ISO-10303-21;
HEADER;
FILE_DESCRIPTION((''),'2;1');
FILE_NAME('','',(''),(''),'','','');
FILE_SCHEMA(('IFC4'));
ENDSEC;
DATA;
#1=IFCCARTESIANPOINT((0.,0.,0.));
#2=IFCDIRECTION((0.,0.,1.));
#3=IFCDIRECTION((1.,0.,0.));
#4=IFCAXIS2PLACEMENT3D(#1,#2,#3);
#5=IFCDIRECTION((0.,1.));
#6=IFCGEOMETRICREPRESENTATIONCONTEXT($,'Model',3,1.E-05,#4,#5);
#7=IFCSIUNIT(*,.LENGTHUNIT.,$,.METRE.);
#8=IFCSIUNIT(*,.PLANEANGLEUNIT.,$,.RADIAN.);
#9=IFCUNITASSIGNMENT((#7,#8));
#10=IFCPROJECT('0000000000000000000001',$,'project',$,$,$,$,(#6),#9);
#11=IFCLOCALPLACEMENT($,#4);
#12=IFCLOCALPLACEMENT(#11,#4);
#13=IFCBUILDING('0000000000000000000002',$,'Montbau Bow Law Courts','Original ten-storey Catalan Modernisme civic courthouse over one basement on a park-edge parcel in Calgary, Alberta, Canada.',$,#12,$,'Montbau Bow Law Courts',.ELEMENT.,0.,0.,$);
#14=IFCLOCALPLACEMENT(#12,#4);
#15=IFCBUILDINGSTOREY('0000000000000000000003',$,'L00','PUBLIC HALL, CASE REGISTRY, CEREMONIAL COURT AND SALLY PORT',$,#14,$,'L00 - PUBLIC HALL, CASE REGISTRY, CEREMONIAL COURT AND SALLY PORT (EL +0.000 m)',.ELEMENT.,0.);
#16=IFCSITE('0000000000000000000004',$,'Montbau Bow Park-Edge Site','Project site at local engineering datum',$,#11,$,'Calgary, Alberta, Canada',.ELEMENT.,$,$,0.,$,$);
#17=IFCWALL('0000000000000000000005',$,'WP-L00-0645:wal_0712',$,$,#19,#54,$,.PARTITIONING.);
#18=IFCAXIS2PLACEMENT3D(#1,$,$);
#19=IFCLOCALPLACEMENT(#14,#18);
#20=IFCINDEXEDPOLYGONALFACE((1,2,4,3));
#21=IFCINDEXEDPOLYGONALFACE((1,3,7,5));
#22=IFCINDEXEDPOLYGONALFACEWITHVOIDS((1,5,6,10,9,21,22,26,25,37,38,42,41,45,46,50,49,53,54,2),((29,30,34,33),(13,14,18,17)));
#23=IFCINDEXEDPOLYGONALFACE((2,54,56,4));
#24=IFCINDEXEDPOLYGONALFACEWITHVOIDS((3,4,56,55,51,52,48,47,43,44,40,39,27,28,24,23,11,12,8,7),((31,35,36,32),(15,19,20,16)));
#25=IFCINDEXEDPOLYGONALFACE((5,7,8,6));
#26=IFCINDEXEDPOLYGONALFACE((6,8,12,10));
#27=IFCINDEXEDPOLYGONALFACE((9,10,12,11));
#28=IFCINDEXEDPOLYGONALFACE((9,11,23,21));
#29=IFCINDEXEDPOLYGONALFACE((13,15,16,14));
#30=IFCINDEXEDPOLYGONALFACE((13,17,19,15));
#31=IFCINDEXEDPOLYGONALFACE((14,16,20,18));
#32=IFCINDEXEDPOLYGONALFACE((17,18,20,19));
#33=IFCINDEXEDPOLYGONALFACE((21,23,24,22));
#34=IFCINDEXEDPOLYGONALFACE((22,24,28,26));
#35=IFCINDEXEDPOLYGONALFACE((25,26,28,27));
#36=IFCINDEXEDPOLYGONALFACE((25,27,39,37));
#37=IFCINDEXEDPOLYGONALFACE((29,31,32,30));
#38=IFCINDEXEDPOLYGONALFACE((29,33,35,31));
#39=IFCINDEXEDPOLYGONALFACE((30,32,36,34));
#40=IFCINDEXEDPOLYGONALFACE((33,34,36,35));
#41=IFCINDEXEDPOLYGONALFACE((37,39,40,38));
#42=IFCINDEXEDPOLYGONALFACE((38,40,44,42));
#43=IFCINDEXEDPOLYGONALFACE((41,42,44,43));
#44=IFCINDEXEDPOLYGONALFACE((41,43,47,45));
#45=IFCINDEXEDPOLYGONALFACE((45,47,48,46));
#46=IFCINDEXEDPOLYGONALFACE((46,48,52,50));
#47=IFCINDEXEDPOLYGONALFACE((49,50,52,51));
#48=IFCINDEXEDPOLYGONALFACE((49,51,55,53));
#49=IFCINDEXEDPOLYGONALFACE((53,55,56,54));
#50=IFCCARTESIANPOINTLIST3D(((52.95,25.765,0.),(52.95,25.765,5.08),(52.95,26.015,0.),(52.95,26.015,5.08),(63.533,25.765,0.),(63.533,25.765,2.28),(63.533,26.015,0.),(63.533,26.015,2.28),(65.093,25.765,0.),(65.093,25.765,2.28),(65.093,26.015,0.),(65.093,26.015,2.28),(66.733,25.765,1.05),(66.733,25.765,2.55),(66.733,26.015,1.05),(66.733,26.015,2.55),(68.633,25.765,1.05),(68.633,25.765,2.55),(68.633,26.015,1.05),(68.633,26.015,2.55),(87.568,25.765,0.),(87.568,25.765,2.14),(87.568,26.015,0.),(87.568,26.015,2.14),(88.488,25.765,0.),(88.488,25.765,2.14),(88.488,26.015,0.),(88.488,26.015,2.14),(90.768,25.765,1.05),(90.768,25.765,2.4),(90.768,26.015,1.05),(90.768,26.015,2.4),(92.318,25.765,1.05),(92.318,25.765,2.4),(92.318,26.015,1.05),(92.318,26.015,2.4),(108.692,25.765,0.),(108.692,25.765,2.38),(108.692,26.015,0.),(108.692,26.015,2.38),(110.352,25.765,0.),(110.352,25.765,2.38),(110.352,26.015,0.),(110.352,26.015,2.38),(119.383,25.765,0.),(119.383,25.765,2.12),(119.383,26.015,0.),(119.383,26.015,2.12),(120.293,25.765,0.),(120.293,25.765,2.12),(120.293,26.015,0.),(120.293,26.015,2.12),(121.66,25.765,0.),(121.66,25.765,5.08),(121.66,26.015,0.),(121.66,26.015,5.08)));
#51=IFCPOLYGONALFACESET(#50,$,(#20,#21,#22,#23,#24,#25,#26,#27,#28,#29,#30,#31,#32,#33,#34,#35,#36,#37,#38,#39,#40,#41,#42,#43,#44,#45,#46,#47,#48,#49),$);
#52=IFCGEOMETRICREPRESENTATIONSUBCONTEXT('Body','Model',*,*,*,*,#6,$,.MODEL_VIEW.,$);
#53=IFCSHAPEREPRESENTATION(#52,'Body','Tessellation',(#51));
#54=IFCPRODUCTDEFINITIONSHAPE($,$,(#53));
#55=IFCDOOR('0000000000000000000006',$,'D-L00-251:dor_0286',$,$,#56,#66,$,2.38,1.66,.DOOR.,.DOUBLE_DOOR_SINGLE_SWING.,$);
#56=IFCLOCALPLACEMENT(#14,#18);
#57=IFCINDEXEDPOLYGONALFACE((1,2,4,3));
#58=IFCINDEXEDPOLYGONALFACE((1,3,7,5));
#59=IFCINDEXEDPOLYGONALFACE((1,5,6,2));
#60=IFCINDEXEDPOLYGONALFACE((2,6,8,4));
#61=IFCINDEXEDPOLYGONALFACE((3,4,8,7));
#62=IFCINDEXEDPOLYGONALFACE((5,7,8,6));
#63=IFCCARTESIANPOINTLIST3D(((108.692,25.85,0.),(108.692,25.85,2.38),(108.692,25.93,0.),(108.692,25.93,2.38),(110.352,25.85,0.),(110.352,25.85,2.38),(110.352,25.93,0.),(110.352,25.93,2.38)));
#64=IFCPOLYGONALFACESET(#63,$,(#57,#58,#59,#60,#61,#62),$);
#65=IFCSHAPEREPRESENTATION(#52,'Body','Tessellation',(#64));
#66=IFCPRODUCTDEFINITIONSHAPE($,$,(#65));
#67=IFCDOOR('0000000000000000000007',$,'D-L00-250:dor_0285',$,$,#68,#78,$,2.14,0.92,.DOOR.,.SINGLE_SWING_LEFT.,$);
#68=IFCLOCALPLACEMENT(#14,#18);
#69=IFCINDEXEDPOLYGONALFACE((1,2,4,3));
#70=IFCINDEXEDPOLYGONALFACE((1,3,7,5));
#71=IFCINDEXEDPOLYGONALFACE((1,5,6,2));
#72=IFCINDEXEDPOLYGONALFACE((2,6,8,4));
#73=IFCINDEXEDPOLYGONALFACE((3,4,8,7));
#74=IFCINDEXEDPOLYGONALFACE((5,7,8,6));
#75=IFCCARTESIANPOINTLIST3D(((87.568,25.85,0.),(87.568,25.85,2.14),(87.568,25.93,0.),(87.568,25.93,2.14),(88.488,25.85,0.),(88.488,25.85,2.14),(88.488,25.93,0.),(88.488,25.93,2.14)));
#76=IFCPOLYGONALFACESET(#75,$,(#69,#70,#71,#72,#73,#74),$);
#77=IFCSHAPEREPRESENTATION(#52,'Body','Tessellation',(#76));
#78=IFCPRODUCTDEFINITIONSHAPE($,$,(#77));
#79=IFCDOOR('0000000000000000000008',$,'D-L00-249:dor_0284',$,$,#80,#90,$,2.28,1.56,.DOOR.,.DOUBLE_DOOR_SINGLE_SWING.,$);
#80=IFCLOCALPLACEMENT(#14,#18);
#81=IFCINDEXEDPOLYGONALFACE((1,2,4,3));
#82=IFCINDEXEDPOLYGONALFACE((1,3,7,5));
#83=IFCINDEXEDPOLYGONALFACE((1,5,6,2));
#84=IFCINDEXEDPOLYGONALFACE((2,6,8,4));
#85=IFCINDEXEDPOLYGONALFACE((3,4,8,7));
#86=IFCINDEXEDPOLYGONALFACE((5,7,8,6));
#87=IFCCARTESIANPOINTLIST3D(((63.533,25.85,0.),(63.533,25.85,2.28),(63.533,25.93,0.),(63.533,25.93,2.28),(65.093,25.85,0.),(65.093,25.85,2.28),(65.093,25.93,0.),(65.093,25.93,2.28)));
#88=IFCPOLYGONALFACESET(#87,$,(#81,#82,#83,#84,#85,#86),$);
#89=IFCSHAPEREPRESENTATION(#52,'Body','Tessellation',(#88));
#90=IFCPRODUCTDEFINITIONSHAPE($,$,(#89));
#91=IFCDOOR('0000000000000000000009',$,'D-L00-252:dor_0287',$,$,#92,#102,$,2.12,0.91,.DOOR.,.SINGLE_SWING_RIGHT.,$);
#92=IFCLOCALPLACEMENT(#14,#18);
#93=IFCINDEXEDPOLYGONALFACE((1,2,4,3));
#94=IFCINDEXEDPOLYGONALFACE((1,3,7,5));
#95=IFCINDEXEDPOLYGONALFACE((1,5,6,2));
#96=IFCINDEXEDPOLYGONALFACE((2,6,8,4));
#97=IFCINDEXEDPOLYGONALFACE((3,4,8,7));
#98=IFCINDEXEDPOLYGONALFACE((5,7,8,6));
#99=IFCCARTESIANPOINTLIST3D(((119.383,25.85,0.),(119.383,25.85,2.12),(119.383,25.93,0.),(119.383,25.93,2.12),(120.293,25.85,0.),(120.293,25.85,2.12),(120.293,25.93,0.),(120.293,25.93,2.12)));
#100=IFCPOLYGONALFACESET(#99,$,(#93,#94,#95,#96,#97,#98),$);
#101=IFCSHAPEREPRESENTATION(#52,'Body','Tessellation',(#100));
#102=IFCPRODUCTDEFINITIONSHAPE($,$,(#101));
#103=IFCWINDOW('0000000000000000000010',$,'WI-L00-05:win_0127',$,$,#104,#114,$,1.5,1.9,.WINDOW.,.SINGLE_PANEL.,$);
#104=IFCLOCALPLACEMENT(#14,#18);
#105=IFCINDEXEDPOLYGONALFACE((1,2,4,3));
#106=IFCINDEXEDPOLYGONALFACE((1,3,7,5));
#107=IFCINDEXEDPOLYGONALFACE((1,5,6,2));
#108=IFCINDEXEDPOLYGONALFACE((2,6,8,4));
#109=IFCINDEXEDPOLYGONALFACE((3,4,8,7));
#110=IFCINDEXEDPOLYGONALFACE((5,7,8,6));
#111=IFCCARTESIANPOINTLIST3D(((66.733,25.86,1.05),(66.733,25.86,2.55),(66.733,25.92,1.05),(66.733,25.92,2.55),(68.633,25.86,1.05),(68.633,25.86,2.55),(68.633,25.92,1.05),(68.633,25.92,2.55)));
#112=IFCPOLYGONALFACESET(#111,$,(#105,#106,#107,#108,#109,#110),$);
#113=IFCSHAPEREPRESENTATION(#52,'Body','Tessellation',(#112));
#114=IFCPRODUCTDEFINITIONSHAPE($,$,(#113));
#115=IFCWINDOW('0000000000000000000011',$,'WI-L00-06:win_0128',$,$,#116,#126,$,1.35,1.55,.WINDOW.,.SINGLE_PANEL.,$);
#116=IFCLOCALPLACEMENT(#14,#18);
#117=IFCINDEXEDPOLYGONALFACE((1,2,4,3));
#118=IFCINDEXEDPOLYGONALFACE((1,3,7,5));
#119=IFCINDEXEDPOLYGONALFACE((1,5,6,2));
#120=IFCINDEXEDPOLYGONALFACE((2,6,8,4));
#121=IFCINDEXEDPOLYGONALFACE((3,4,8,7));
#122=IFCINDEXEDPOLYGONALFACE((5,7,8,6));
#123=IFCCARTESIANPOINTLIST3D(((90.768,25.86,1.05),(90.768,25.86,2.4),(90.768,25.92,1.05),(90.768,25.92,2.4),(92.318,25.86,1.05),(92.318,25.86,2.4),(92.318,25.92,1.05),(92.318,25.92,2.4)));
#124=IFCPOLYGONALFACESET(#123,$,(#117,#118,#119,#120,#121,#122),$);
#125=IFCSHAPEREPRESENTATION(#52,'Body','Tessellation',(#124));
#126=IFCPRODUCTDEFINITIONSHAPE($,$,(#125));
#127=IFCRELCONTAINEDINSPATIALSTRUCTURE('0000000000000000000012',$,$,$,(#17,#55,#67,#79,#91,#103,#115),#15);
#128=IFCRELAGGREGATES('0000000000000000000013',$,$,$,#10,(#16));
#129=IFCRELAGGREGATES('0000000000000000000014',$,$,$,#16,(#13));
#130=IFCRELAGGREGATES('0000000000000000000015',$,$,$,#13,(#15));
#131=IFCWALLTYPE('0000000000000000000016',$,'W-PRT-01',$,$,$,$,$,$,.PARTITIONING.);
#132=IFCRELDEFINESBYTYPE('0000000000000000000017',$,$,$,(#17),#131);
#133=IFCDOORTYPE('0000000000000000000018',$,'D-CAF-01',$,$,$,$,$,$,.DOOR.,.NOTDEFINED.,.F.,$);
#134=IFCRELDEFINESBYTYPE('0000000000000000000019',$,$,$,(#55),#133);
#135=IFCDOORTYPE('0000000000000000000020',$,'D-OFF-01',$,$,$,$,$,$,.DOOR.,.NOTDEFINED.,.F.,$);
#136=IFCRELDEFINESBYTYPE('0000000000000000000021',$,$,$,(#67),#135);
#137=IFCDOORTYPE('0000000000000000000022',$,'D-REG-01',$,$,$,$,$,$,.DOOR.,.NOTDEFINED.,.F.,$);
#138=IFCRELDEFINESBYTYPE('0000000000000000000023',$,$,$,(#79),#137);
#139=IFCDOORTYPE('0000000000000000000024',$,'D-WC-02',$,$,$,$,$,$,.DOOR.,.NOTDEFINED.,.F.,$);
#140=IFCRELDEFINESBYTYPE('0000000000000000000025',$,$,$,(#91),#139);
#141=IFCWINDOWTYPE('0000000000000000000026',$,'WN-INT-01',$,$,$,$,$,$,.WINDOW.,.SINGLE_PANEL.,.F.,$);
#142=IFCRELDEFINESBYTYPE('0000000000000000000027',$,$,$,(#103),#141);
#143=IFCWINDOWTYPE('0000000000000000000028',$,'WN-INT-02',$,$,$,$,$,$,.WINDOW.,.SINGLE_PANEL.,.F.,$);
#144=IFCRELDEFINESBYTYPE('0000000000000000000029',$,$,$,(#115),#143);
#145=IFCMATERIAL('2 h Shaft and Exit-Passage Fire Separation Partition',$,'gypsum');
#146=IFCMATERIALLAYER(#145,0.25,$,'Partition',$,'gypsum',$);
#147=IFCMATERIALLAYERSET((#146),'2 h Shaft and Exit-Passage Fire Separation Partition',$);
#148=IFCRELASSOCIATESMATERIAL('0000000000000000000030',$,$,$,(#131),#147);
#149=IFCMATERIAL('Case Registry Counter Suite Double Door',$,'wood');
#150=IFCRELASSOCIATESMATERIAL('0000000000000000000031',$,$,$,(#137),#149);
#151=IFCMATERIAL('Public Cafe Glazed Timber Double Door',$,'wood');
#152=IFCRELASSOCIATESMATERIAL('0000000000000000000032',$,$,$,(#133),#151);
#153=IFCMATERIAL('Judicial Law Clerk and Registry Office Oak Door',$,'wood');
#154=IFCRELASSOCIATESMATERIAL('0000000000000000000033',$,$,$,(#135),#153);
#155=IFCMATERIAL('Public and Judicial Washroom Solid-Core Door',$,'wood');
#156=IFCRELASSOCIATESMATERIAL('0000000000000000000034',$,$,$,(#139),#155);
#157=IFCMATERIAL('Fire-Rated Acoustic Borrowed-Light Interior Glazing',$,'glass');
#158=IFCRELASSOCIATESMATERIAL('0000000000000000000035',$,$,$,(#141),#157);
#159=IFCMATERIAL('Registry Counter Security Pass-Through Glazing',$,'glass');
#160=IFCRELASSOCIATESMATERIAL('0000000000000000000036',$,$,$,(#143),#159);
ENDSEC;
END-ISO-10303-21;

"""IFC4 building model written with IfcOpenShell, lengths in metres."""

from ifc_helpers import new_model, si_unit, direction, frame, frame_2d, origin_with_axes, place, context, subcontext, project, spatial, rectangle, extrude, material, layer, layer_set, type_object, element, fill, save


model = new_model("IFC4")

# Units and contexts
model_context = context("Model", 3, precision=1e-05, world=origin_with_axes(), true_north=direction((0.0, 1.0)))
body_context = subcontext(model_context, "Body", "Model", "MODEL_VIEW")
ifc_project = project(units=[si_unit("LENGTHUNIT", "METRE"), si_unit("PLANEANGLEUNIT", "RADIAN")], contexts=[model_context])

# Site, building, storey
site_placement = place(None, origin_with_axes())
site = spatial("IfcSite", under=ifc_project, at=site_placement, Name="Montbau Bow Park-Edge Site", Description="Project site at local engineering datum", LongName="Calgary, Alberta, Canada", CompositionType="ELEMENT", RefElevation=0.0)
building_placement = place(site_placement, origin_with_axes())
building = spatial("IfcBuilding", under=site, at=building_placement, Name="Montbau Bow Law Courts", Description="Original ten-storey Catalan Modernisme civic courthouse over one basement on a park-edge parcel in Calgary, Alberta, Canada.", LongName="Montbau Bow Law Courts", CompositionType="ELEMENT", ElevationOfRefHeight=0.0, ElevationOfTerrain=0.0)
storey_placement = place(building_placement, origin_with_axes())
storey = spatial("IfcBuildingStorey", under=building, at=storey_placement, Name="L00", Description="PUBLIC HALL, CASE REGISTRY, CEREMONIAL COURT AND SALLY PORT", LongName="L00 - PUBLIC HALL, CASE REGISTRY, CEREMONIAL COURT AND SALLY PORT (EL +0.000 m)", CompositionType="ELEMENT", Elevation=0.0)

# Shared definitions
ifc_material_1 = material(Name="2 h Shaft and Exit-Passage Fire Separation Partition", Category="gypsum")
ifc_layer = layer(ifc_material_1, 0.25, Name="Partition", Category="gypsum")
ifc_layer_set = layer_set([ifc_layer], Name="2 h Shaft and Exit-Passage Fire Separation Partition")
wall_type = type_object("IfcWallType", Name="W-PRT-01", PredefinedType="PARTITIONING", material=ifc_layer_set)
ifc_material_2 = material(Name="Case Registry Counter Suite Double Door", Category="wood")
door_type_1 = type_object("IfcDoorType", Name="D-REG-01", OperationType="NOTDEFINED", ParameterTakesPrecedence=False, PredefinedType="DOOR", material=ifc_material_2)

# Wall, openings, doors, windows
wall_1_placement = place(None, frame((52.95, 25.89, 0.0), z_axis=(0.0, 0.0, 1.0), x_axis=(1.0, 0.0, 0.0)))
wall_1 = element("IfcWall", 1, at=wall_1_placement, inside=storey, type_object=wall_type, Name="WP-L00-0645:wal_0712", PredefinedType="PARTITIONING", context=body_context, shape_type="SweptSolid", body=[
    extrude(rectangle(XDim=68.71, YDim=0.25, at=frame_2d((34.355, 0.0), x_axis=(1.0, 0.0))), origin_with_axes(), (0.0, 0.0, 1.0), 5.08),
])
opening_1_placement = place(None, frame((64.313, 25.89, 0.0), z_axis=(0.0, 0.0, 1.0), x_axis=(1.0, 0.0, 0.0)))
opening_1 = element("IfcOpeningElement", 2, at=opening_1_placement, cuts=wall_1, PredefinedType="OPENING", context=body_context, shape_type="SweptSolid", body=[
    extrude(rectangle(XDim=1.56, YDim=2.28, at=frame_2d((0.0, 1.14), x_axis=(1.0, 0.0))), frame((0.0, 0.135, 0.0), z_axis=(0.0, -1.0, 0.0), x_axis=(1.0, 0.0, 0.0)), (0.0, 0.0, 1.0), 0.27),
])
opening_2_placement = place(None, frame((88.028, 25.89, 0.0), z_axis=(0.0, 0.0, 1.0), x_axis=(1.0, 0.0, 0.0)))
opening_2 = element("IfcOpeningElement", 3, at=opening_2_placement, cuts=wall_1, PredefinedType="OPENING", context=body_context, shape_type="SweptSolid", body=[
    extrude(rectangle(XDim=0.92, YDim=2.14, at=frame_2d((0.0, 1.07), x_axis=(1.0, 0.0))), frame((0.0, 0.135, 0.0), z_axis=(0.0, -1.0, 0.0), x_axis=(1.0, 0.0, 0.0)), (0.0, 0.0, 1.0), 0.27),
])
opening_3_placement = place(None, frame((109.522, 25.89, 0.0), z_axis=(0.0, 0.0, 1.0), x_axis=(1.0, 0.0, 0.0)))
opening_3 = element("IfcOpeningElement", 4, at=opening_3_placement, cuts=wall_1, PredefinedType="OPENING", context=body_context, shape_type="SweptSolid", body=[
    extrude(rectangle(XDim=1.66, YDim=2.38, at=frame_2d((0.0, 1.19), x_axis=(1.0, 0.0))), frame((0.0, 0.135, 0.0), z_axis=(0.0, -1.0, 0.0), x_axis=(1.0, 0.0, 0.0)), (0.0, 0.0, 1.0), 0.27),
])
opening_4_placement = place(None, frame((119.838, 25.89, 0.0), z_axis=(0.0, 0.0, 1.0), x_axis=(1.0, 0.0, 0.0)))
opening_4 = element("IfcOpeningElement", 5, at=opening_4_placement, cuts=wall_1, PredefinedType="OPENING", context=body_context, shape_type="SweptSolid", body=[
    extrude(rectangle(XDim=0.91, YDim=2.12, at=frame_2d((0.0, 1.06), x_axis=(1.0, 0.0))), frame((0.0, 0.135, 0.0), z_axis=(0.0, -1.0, 0.0), x_axis=(1.0, 0.0, 0.0)), (0.0, 0.0, 1.0), 0.27),
])
opening_5_placement = place(None, frame((67.683, 25.89, 1.05), z_axis=(0.0, 0.0, 1.0), x_axis=(1.0, 0.0, 0.0)))
opening_5 = element("IfcOpeningElement", 6, at=opening_5_placement, cuts=wall_1, PredefinedType="OPENING", context=body_context, shape_type="SweptSolid", body=[
    extrude(rectangle(XDim=1.9, YDim=1.5, at=frame_2d((0.0, 0.75), x_axis=(1.0, 0.0))), frame((0.0, 0.135, 0.0), z_axis=(0.0, -1.0, 0.0), x_axis=(1.0, 0.0, 0.0)), (0.0, 0.0, 1.0), 0.27),
])
opening_6_placement = place(None, frame((91.543, 25.89, 1.05), z_axis=(0.0, 0.0, 1.0), x_axis=(1.0, 0.0, 0.0)))
opening_6 = element("IfcOpeningElement", 7, at=opening_6_placement, cuts=wall_1, PredefinedType="OPENING", context=body_context, shape_type="SweptSolid", body=[
    extrude(rectangle(XDim=1.55, YDim=1.35, at=frame_2d((0.0, 0.675), x_axis=(1.0, 0.0))), frame((0.0, 0.135, 0.0), z_axis=(0.0, -1.0, 0.0), x_axis=(1.0, 0.0, 0.0)), (0.0, 0.0, 1.0), 0.27),
])
ifc_material_3 = material(Name="Public Cafe Glazed Timber Double Door", Category="wood")
door_type_2 = type_object("IfcDoorType", Name="D-CAF-01", OperationType="NOTDEFINED", ParameterTakesPrecedence=False, PredefinedType="DOOR", material=ifc_material_3)
door_1_placement = place(None, frame((109.522, 25.89, 0.0), z_axis=(0.0, 0.0, 1.0), x_axis=(-1.0, 0.0, 0.0)))
door_1 = element("IfcDoor", 8, at=door_1_placement, inside=storey, type_object=door_type_2, Name="D-L00-251:dor_0286", OperationType="DOUBLE_DOOR_SINGLE_SWING", OverallHeight=2.38, OverallWidth=1.66, PredefinedType="DOOR", context=body_context, shape_type="SweptSolid", body=[
    extrude(rectangle(XDim=1.66, YDim=2.38, at=frame_2d((0.0, 1.19), x_axis=(1.0, 0.0))), frame((0.0, 0.04, 0.0), z_axis=(0.0, -1.0, 0.0), x_axis=(1.0, 0.0, 0.0)), (0.0, 0.0, 1.0), 0.08),
])
fill(opening_3, door_1)
ifc_material_4 = material(Name="Judicial Law Clerk and Registry Office Oak Door", Category="wood")
door_type_3 = type_object("IfcDoorType", Name="D-OFF-01", OperationType="NOTDEFINED", ParameterTakesPrecedence=False, PredefinedType="DOOR", material=ifc_material_4)
door_2_placement = place(None, frame((88.028, 25.89, 0.0), z_axis=(0.0, 0.0, 1.0), x_axis=(-1.0, 0.0, 0.0)))
door_2 = element("IfcDoor", 9, at=door_2_placement, inside=storey, type_object=door_type_3, Name="D-L00-250:dor_0285", OperationType="SINGLE_SWING_LEFT", OverallHeight=2.14, OverallWidth=0.92, PredefinedType="DOOR", context=body_context, shape_type="SweptSolid", body=[
    extrude(rectangle(XDim=0.92, YDim=2.14, at=frame_2d((0.0, 1.07), x_axis=(1.0, 0.0))), frame((0.0, 0.04, 0.0), z_axis=(0.0, -1.0, 0.0), x_axis=(1.0, 0.0, 0.0)), (0.0, 0.0, 1.0), 0.08),
])
fill(opening_2, door_2)
door_3_placement = place(None, frame((64.313, 25.89, 0.0), z_axis=(0.0, 0.0, 1.0), x_axis=(-1.0, 0.0, 0.0)))
door_3 = element("IfcDoor", 10, at=door_3_placement, inside=storey, type_object=door_type_1, Name="D-L00-249:dor_0284", OperationType="DOUBLE_DOOR_SINGLE_SWING", OverallHeight=2.28, OverallWidth=1.56, PredefinedType="DOOR", context=body_context, shape_type="SweptSolid", body=[
    extrude(rectangle(XDim=1.56, YDim=2.28, at=frame_2d((0.0, 1.14), x_axis=(1.0, 0.0))), frame((0.0, 0.04, 0.0), z_axis=(0.0, -1.0, 0.0), x_axis=(1.0, 0.0, 0.0)), (0.0, 0.0, 1.0), 0.08),
])
fill(opening_1, door_3)
ifc_material_5 = material(Name="Public and Judicial Washroom Solid-Core Door", Category="wood")
door_type_4 = type_object("IfcDoorType", Name="D-WC-02", OperationType="NOTDEFINED", ParameterTakesPrecedence=False, PredefinedType="DOOR", material=ifc_material_5)
door_4_placement = place(None, frame((119.838, 25.89, 0.0), z_axis=(0.0, 0.0, 1.0), x_axis=(-1.0, 0.0, 0.0)))
door_4 = element("IfcDoor", 11, at=door_4_placement, inside=storey, type_object=door_type_4, Name="D-L00-252:dor_0287", OperationType="SINGLE_SWING_RIGHT", OverallHeight=2.12, OverallWidth=0.91, PredefinedType="DOOR", context=body_context, shape_type="SweptSolid", body=[
    extrude(rectangle(XDim=0.91, YDim=2.12, at=frame_2d((0.0, 1.06), x_axis=(1.0, 0.0))), frame((0.0, 0.04, 0.0), z_axis=(0.0, -1.0, 0.0), x_axis=(1.0, 0.0, 0.0)), (0.0, 0.0, 1.0), 0.08),
])
fill(opening_4, door_4)
ifc_material_6 = material(Name="Fire-Rated Acoustic Borrowed-Light Interior Glazing", Category="glass")
window_type_1 = type_object("IfcWindowType", Name="WN-INT-01", ParameterTakesPrecedence=False, PartitioningType="SINGLE_PANEL", PredefinedType="WINDOW", material=ifc_material_6)
window_1_placement = place(None, frame((67.683, 25.89, 1.05), z_axis=(0.0, 0.0, 1.0), x_axis=(1.0, 0.0, 0.0)))
window_1 = element("IfcWindow", 12, at=window_1_placement, inside=storey, type_object=window_type_1, Name="WI-L00-05:win_0127", OverallHeight=1.5, OverallWidth=1.9, PartitioningType="SINGLE_PANEL", PredefinedType="WINDOW", context=body_context, shape_type="SweptSolid", body=[
    extrude(rectangle(XDim=1.9, YDim=1.5, at=frame_2d((0.0, 0.75), x_axis=(1.0, 0.0))), frame((0.0, 0.03, 0.0), z_axis=(0.0, -1.0, 0.0), x_axis=(1.0, 0.0, 0.0)), (0.0, 0.0, 1.0), 0.06),
])
fill(opening_5, window_1)
ifc_material_7 = material(Name="Registry Counter Security Pass-Through Glazing", Category="glass")
window_type_2 = type_object("IfcWindowType", Name="WN-INT-02", ParameterTakesPrecedence=False, PartitioningType="SINGLE_PANEL", PredefinedType="WINDOW", material=ifc_material_7)
window_2_placement = place(None, frame((91.543, 25.89, 1.05), z_axis=(0.0, 0.0, 1.0), x_axis=(1.0, 0.0, 0.0)))
window_2 = element("IfcWindow", 13, at=window_2_placement, inside=storey, type_object=window_type_2, Name="WI-L00-06:win_0128", OverallHeight=1.35, OverallWidth=1.55, PartitioningType="SINGLE_PANEL", PredefinedType="WINDOW", context=body_context, shape_type="SweptSolid", body=[
    extrude(rectangle(XDim=1.55, YDim=1.35, at=frame_2d((0.0, 0.675), x_axis=(1.0, 0.0))), frame((0.0, 0.03, 0.0), z_axis=(0.0, -1.0, 0.0), x_axis=(1.0, 0.0, 0.0)), (0.0, 0.0, 1.0), 0.06),
])
fill(opening_6, window_2)

save(model, "model.ifc")
